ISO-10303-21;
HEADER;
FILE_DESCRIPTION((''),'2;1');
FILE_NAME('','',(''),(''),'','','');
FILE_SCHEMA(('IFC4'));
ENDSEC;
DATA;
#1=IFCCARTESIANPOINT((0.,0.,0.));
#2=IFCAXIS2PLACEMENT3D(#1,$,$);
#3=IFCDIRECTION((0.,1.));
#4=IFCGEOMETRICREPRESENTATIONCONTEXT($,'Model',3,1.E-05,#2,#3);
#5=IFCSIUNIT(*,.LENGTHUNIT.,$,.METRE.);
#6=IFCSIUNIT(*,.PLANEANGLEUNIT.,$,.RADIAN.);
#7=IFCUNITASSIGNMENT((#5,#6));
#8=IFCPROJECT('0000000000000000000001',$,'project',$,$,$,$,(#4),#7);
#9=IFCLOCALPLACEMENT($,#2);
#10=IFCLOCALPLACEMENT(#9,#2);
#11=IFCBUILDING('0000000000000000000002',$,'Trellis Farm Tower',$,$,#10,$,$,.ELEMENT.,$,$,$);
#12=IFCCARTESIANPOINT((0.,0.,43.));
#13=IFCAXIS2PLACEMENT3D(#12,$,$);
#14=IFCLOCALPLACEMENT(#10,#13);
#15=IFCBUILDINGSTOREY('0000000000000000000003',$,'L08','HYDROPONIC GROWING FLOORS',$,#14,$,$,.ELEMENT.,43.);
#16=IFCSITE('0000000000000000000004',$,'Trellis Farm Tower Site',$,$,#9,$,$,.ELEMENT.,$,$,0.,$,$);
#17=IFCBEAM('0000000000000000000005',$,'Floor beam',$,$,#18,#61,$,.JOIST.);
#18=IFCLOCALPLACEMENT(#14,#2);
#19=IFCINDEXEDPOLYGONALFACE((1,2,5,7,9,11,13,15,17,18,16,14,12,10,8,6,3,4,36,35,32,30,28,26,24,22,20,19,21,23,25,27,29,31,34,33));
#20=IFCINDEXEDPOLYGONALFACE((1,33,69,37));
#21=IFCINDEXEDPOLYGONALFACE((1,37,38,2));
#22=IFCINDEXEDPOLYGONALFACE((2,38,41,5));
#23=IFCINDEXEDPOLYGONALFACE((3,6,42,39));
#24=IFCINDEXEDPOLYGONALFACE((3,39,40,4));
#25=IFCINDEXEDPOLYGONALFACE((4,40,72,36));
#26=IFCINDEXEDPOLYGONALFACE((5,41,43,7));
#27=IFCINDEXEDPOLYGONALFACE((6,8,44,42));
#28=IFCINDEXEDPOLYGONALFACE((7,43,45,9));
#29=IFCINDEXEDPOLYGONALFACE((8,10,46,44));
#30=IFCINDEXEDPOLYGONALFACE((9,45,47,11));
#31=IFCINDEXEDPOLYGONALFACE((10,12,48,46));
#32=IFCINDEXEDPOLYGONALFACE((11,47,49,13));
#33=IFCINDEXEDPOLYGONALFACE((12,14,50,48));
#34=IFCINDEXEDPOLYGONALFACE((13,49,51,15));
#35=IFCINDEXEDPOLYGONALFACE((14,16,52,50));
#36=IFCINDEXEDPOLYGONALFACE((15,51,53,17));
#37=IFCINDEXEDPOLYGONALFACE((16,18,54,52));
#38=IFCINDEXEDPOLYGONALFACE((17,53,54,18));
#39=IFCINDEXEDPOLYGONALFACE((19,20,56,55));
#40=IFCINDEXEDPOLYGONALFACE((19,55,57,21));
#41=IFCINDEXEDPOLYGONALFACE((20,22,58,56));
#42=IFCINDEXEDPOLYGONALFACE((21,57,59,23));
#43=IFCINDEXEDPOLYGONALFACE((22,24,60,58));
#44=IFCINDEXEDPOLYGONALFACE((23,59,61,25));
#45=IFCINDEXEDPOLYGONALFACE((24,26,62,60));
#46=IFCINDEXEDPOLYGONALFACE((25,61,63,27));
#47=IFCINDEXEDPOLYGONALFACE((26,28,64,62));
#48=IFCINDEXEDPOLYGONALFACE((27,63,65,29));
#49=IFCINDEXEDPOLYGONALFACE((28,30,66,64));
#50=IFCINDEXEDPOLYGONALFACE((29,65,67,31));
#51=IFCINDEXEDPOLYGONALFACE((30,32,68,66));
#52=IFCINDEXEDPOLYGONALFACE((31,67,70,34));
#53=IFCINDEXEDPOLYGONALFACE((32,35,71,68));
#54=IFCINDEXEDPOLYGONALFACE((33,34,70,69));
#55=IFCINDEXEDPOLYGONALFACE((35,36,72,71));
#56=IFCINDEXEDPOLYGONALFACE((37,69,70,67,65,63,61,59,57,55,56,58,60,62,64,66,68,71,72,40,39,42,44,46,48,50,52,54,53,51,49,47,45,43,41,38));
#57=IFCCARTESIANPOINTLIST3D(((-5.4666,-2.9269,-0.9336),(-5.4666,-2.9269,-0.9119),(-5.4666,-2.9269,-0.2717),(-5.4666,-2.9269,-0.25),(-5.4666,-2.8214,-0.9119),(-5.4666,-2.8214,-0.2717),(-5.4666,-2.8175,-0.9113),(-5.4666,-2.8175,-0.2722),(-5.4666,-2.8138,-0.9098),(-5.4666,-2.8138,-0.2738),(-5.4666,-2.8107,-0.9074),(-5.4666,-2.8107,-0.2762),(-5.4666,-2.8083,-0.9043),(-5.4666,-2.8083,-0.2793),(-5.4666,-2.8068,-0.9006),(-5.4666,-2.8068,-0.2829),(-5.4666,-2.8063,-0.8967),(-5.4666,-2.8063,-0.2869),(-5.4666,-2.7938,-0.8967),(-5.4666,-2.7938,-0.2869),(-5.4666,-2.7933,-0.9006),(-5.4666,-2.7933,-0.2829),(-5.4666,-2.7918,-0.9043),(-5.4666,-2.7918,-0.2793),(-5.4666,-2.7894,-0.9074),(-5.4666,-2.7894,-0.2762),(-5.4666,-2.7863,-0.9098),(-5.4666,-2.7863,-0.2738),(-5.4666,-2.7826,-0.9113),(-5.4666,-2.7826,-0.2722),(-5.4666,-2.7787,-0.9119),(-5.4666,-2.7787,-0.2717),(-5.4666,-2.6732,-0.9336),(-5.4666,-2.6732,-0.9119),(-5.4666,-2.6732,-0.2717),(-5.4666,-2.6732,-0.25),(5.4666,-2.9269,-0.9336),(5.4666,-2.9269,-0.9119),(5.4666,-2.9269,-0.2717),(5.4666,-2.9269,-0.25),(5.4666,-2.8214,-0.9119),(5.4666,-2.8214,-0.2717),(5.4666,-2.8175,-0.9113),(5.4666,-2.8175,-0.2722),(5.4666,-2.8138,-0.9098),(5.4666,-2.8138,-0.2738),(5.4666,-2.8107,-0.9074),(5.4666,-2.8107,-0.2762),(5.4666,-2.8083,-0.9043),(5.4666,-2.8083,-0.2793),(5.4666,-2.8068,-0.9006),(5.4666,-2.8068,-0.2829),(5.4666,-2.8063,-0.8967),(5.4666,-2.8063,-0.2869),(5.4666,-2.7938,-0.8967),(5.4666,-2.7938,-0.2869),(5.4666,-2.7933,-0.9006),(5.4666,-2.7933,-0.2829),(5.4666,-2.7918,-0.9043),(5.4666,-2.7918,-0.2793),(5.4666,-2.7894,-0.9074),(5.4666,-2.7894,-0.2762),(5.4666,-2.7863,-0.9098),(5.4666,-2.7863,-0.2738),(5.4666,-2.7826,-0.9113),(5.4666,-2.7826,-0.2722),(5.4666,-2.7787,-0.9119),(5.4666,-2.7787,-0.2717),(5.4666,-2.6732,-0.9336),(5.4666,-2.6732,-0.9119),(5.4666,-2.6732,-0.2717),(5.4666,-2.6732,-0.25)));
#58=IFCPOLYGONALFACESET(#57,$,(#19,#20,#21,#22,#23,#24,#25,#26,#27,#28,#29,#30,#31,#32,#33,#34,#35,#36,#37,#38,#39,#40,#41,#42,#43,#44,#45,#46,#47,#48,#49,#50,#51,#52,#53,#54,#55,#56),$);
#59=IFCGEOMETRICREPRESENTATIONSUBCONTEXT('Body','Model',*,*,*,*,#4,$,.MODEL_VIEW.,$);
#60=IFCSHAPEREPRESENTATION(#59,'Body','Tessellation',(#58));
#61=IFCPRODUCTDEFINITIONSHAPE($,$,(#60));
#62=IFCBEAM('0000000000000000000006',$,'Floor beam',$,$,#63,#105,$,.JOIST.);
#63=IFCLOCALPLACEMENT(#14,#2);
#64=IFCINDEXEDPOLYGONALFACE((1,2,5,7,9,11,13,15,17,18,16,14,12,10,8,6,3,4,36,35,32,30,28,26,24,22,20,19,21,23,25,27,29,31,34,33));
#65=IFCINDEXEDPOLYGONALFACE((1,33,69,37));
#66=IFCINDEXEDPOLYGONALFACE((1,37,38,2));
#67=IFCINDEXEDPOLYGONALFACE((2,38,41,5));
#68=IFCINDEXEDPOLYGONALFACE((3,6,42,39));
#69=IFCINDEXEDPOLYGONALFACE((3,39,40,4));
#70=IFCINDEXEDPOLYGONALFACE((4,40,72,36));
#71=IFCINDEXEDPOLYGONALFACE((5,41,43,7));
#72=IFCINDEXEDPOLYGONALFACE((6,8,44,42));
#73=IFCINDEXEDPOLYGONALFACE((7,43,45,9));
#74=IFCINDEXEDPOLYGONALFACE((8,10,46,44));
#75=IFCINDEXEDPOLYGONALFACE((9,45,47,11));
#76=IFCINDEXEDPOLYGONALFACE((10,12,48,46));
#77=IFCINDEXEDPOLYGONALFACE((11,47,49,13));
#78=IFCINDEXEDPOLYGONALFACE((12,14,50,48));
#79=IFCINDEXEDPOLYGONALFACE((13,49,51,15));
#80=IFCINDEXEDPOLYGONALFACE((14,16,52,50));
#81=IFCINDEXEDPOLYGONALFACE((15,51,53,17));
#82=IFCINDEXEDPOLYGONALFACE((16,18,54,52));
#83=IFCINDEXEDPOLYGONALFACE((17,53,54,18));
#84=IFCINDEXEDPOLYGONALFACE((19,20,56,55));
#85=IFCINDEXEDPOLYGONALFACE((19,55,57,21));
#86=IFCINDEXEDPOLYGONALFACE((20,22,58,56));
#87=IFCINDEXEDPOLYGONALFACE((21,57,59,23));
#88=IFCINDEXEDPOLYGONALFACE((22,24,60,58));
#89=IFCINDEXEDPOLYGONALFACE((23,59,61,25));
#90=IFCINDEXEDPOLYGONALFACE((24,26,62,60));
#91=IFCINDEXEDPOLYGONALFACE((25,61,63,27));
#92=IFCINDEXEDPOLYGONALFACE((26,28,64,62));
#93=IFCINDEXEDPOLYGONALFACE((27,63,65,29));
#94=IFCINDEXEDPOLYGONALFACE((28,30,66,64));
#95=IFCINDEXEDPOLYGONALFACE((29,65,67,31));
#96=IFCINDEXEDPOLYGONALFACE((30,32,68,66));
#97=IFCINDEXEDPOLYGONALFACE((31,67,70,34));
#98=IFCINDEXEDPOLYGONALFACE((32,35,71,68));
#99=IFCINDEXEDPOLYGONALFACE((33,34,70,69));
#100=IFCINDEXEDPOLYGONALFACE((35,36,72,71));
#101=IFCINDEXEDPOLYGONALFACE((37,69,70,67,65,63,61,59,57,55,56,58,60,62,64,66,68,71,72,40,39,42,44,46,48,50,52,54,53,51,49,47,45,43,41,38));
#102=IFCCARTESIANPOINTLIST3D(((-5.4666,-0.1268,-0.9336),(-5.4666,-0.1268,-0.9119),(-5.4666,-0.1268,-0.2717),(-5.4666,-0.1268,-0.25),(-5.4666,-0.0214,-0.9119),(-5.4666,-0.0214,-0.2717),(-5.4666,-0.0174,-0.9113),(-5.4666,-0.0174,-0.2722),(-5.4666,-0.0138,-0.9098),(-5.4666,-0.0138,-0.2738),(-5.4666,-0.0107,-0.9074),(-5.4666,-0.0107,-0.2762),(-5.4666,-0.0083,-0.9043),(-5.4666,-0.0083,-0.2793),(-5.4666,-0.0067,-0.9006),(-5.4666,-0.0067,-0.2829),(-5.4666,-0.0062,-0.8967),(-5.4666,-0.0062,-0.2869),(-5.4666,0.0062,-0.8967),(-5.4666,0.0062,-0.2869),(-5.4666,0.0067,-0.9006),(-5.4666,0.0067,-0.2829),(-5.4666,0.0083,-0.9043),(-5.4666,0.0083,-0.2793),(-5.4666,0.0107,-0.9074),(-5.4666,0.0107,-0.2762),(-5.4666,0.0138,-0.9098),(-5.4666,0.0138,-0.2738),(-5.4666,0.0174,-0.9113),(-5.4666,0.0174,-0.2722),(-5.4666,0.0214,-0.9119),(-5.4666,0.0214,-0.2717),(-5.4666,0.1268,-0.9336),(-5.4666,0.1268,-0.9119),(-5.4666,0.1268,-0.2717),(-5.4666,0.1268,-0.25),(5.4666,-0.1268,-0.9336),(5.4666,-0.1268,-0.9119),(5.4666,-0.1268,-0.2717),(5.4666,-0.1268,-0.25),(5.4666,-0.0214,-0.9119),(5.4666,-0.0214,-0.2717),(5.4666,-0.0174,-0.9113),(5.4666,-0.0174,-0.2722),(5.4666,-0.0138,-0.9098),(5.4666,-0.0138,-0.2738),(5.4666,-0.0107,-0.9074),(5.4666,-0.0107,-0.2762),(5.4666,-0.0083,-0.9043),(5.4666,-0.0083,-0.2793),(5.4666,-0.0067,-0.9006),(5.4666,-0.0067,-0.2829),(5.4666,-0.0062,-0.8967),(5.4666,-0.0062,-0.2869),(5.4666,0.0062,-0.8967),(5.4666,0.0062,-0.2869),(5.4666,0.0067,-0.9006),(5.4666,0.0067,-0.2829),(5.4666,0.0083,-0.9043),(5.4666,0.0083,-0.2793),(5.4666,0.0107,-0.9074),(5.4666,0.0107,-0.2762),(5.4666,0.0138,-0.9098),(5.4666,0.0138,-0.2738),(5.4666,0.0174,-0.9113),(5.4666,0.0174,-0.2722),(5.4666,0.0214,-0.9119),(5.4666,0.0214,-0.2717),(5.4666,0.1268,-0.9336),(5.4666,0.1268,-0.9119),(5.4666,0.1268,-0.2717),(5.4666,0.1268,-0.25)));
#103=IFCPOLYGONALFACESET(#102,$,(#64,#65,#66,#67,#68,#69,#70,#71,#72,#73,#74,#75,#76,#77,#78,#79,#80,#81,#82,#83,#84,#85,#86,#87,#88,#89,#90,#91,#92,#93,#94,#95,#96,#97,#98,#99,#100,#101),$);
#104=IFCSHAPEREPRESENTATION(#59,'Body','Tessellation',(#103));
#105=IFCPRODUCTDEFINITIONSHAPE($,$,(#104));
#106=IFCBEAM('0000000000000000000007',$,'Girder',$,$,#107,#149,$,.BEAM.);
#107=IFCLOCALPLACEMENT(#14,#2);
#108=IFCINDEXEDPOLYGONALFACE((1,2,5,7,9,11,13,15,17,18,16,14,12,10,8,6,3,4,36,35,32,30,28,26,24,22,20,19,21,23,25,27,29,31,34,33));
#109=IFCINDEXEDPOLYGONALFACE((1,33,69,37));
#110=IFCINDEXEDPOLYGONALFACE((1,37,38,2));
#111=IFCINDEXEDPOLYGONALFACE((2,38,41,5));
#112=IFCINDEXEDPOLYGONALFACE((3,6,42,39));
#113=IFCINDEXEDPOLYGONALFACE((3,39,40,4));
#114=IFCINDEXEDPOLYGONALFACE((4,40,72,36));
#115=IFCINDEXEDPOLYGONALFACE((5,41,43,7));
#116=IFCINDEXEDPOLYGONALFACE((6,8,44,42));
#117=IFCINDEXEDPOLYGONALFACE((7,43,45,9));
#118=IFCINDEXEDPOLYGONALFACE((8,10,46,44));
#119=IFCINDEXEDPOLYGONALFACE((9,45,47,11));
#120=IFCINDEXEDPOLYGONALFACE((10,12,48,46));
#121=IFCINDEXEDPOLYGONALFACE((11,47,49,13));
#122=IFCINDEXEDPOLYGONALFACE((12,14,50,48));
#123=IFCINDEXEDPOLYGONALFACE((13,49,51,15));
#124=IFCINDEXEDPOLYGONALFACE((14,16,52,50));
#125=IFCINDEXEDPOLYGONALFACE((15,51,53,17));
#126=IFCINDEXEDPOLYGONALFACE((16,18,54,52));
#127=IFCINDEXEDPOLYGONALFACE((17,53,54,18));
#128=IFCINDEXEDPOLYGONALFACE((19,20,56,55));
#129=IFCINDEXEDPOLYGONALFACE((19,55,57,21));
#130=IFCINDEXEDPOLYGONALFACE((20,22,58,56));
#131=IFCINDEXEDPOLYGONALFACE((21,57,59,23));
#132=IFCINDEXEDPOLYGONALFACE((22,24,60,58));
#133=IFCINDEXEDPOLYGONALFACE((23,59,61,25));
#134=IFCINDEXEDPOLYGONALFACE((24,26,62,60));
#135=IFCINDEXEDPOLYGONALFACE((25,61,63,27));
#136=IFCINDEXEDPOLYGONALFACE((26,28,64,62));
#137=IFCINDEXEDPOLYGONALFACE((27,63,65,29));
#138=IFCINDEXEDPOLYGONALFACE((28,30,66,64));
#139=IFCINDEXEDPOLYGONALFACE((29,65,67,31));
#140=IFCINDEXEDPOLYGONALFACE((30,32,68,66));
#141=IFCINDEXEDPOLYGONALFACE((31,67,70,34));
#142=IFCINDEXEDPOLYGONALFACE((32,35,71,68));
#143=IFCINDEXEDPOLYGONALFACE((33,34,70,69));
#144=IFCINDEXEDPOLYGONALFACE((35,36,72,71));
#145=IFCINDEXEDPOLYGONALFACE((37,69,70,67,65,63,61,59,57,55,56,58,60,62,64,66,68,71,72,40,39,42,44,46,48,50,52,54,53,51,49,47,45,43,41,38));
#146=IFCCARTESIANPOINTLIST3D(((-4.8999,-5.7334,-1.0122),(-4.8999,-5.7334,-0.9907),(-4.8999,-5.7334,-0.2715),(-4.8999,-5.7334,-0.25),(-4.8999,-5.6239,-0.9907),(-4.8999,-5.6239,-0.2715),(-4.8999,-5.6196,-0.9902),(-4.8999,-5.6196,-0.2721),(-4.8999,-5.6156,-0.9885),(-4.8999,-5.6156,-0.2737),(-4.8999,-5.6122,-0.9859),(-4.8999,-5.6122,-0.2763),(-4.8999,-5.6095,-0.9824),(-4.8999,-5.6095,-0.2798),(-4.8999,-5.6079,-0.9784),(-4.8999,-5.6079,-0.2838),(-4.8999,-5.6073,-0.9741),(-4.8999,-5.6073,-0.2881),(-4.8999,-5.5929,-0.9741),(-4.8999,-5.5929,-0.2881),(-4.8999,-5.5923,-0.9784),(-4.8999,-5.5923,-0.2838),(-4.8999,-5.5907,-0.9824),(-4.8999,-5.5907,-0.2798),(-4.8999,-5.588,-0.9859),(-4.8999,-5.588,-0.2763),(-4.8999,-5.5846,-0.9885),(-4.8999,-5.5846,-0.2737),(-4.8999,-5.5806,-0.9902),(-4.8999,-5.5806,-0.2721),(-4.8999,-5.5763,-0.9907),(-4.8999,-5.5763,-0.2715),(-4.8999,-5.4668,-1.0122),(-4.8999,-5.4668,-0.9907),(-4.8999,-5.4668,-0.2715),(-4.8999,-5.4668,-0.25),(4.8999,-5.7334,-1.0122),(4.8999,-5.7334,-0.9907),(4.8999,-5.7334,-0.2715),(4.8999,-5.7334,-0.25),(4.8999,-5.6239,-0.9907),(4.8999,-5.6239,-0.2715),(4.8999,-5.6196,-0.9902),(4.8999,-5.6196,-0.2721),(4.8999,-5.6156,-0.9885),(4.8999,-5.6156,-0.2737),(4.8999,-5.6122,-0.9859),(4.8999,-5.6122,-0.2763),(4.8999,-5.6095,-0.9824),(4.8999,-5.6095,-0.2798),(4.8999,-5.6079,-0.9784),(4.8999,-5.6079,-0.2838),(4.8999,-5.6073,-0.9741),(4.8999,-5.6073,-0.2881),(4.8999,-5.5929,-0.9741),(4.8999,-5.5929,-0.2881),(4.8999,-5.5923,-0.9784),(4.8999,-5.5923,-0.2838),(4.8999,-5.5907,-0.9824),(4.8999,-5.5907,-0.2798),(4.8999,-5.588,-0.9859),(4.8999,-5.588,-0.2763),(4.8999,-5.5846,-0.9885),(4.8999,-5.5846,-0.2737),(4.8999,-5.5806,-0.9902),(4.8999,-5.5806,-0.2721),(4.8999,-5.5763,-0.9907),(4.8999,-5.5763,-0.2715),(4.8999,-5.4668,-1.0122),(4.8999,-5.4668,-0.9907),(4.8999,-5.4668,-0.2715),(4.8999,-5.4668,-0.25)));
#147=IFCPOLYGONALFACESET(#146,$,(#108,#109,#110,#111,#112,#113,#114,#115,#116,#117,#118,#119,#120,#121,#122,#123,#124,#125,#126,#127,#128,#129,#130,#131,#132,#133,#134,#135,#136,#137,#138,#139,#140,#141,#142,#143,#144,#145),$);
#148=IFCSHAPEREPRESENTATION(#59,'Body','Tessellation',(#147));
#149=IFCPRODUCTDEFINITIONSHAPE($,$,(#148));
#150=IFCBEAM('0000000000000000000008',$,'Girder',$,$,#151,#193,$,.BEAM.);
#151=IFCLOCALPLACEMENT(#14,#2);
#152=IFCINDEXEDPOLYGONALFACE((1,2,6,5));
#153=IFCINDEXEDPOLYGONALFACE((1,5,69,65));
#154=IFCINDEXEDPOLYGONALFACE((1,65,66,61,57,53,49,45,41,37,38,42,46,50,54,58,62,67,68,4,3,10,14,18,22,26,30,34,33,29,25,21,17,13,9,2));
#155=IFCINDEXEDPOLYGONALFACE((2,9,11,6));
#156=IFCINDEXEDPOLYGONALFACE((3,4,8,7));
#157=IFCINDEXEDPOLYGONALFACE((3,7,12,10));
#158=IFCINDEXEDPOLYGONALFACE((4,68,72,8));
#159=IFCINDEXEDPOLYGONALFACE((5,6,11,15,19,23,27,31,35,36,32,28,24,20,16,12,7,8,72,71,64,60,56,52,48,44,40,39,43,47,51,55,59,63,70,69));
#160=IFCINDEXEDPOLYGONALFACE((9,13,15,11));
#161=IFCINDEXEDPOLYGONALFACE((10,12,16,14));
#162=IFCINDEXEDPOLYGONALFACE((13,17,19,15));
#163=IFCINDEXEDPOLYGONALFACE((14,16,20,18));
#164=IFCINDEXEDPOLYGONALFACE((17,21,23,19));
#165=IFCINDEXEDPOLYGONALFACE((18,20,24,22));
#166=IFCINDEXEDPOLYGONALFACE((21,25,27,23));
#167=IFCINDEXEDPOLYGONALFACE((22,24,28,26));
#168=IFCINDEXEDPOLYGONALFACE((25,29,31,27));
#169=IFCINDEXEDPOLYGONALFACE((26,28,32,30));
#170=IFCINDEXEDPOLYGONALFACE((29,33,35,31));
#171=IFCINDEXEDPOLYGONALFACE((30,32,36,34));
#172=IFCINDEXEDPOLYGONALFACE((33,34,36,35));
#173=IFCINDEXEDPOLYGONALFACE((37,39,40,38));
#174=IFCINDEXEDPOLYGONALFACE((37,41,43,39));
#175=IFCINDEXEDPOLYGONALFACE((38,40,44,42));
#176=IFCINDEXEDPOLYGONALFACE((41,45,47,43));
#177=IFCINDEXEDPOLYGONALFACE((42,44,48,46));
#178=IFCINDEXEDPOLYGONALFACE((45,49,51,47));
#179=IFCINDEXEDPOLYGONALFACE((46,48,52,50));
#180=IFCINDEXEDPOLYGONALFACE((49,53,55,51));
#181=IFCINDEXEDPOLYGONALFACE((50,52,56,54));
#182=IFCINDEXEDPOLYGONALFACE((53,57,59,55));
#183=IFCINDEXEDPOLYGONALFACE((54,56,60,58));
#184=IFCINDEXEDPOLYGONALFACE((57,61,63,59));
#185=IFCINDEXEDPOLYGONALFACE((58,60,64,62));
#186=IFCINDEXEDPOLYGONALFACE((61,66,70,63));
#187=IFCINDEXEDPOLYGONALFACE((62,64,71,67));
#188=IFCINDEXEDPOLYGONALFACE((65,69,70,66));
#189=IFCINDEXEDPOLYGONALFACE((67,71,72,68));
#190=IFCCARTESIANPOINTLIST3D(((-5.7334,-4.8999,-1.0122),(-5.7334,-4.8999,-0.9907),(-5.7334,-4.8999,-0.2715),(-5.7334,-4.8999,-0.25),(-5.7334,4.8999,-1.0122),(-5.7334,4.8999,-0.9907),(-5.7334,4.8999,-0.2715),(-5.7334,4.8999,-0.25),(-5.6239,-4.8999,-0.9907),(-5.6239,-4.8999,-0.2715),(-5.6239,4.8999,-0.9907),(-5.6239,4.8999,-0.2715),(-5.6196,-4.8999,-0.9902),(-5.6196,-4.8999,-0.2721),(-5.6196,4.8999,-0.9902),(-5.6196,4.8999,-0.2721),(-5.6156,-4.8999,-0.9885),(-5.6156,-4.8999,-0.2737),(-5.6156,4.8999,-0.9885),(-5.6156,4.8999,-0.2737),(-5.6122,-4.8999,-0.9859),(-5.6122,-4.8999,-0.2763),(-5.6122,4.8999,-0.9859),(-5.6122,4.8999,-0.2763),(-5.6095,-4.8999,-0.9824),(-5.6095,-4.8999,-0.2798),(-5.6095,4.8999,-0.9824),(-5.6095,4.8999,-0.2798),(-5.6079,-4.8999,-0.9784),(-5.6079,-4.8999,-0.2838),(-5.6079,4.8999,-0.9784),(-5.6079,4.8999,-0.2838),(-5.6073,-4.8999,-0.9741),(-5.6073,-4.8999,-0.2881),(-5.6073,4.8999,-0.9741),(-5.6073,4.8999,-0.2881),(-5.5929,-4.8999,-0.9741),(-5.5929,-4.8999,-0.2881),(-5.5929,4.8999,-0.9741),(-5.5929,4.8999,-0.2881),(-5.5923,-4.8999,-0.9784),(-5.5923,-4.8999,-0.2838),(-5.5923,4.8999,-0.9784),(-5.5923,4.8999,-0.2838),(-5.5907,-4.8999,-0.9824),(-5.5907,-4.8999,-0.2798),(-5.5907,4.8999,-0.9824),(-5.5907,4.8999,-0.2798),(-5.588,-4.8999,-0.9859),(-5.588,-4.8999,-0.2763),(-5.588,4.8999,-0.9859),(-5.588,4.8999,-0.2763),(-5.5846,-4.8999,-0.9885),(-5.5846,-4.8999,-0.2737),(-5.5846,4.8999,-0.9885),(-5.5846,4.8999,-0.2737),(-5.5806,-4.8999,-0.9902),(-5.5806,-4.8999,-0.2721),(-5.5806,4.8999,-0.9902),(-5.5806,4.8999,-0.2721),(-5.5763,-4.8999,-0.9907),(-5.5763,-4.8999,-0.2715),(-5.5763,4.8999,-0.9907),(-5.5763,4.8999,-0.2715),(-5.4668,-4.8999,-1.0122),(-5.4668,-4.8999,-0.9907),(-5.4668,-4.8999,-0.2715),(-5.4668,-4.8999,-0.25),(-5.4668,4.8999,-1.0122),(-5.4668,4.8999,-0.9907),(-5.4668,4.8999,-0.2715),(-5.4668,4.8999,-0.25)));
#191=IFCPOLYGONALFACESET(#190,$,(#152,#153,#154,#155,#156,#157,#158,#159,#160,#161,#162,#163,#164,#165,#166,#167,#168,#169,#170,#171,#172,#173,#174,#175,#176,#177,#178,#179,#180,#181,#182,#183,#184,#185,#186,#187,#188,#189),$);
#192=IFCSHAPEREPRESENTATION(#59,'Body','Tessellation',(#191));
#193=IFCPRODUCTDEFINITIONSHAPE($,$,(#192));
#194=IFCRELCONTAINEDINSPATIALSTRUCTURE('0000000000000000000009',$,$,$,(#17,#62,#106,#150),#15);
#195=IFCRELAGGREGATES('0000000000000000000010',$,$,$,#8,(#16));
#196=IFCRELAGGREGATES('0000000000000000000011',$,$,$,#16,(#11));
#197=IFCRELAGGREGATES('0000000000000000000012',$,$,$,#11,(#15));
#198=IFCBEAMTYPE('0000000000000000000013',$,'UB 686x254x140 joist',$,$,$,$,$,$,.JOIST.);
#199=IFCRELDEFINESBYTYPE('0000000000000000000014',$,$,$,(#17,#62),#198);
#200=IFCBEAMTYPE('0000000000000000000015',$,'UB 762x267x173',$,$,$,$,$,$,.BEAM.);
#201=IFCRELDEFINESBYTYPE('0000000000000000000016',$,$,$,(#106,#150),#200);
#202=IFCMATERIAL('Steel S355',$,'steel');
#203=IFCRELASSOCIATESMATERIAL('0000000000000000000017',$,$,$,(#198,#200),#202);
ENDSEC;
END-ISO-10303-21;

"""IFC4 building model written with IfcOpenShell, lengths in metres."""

from ifc_helpers import new_model, si_unit, direction, frame, origin, origin_2d, place, context, subcontext, project, spatial, i_section, extrude, source, transform, mapped, material, material_profile, profile_set, type_object, element, save


model = new_model("IFC4")

# Units and contexts
model_context = context("Model", 3, precision=1e-05, world=origin(), true_north=direction((0.0, 1.0)))
body_context = subcontext(model_context, "Body", "Model", "MODEL_VIEW")
ifc_project = project(units=[si_unit("LENGTHUNIT", "METRE"), si_unit("PLANEANGLEUNIT", "RADIAN")], contexts=[model_context])

# Site, building, storey
site_placement = place(None, origin())
site = spatial("IfcSite", under=ifc_project, at=site_placement, Name="Trellis Farm Tower Site", CompositionType="ELEMENT", RefElevation=0.0)
building_placement = place(site_placement, origin())
building = spatial("IfcBuilding", under=site, at=building_placement, Name="Trellis Farm Tower", CompositionType="ELEMENT")
storey_placement = place(building_placement, frame((0.0, 0.0, 43.0)))
storey = spatial("IfcBuildingStorey", under=building, at=storey_placement, Name="L08", Description="HYDROPONIC GROWING FLOORS", CompositionType="ELEMENT", Elevation=43.0)

# Beams
ifc_material_1 = material(Name="Steel S355", Category="steel")
ifc_material_profile_1 = material_profile(ifc_material_1, i_section(OverallWidth=0.2537, OverallDepth=0.6836, WebThickness=0.0125, FlangeThickness=0.0217, FilletRadius=0.0151, at=origin_2d()), Name="UB 686x254x140")
ifc_profile_set_1 = profile_set([ifc_material_profile_1], Name="Steel S355")
beam_type_1 = type_object("IfcBeamType", Name="UB 686x254x140 joist", PredefinedType="JOIST", material=ifc_profile_set_1)
shared_shape_1 = source(origin(), body_context, "Body", "SweptSolid", [
    extrude(i_section(OverallWidth=0.2537, OverallDepth=0.6836, WebThickness=0.0125, FlangeThickness=0.0217, FilletRadius=0.0151, at=origin_2d()), origin(), (0.0, 0.0, 1.0), 10.9331),
])
for number, where, z_axis, x_axis, name in (
    (1, (-5.4666, -2.8, -0.5918), (1.0, 0.0, 0.0), (0.0, 1.0, 0.0), "Floor beam"),
    (2, (-5.4666, 0.0, -0.5918), (1.0, 0.0, 0.0), (0.0, 1.0, 0.0), "Floor beam"),
):
    element("IfcBeam", number, at=place(storey_placement, frame(where, z_axis=z_axis, x_axis=x_axis)), inside=storey, type_object=beam_type_1, Name=name, PredefinedType="JOIST", context=body_context, shape_type="MappedRepresentation", body=[
        mapped(shared_shape_1, transform((0.0, 0.0, 0.0))),
    ])
ifc_material_profile_2 = material_profile(ifc_material_1, i_section(OverallWidth=0.2666, OverallDepth=0.7622, WebThickness=0.0144, FlangeThickness=0.0215, FilletRadius=0.0166, at=origin_2d()), Name="UB 762x267x173")
ifc_profile_set_2 = profile_set([ifc_material_profile_2], Name="Steel S355")
beam_type_2 = type_object("IfcBeamType", Name="UB 762x267x173", PredefinedType="BEAM", material=ifc_profile_set_2)
shared_shape_2 = source(origin(), body_context, "Body", "SweptSolid", [
    extrude(i_section(OverallWidth=0.2666, OverallDepth=0.7622, WebThickness=0.0144, FlangeThickness=0.0215, FilletRadius=0.0166, at=origin_2d()), origin(), (0.0, 0.0, 1.0), 9.7998),
])
for number, where, z_axis, x_axis, name in (
    (3, (-4.8999, -5.6001, -0.6311), (1.0, 0.0, 0.0), (0.0, 1.0, 0.0), "Girder"),
    (4, (-5.6001, -4.8999, -0.6311), (0.0, 1.0, 0.0), (-1.0, 0.0, 0.0), "Girder"),
):
    element("IfcBeam", number, at=place(storey_placement, frame(where, z_axis=z_axis, x_axis=x_axis)), inside=storey, type_object=beam_type_2, Name=name, PredefinedType="BEAM", context=body_context, shape_type="MappedRepresentation", body=[
        mapped(shared_shape_2, transform((0.0, 0.0, 0.0))),
    ])

save(model, "model.ifc")
